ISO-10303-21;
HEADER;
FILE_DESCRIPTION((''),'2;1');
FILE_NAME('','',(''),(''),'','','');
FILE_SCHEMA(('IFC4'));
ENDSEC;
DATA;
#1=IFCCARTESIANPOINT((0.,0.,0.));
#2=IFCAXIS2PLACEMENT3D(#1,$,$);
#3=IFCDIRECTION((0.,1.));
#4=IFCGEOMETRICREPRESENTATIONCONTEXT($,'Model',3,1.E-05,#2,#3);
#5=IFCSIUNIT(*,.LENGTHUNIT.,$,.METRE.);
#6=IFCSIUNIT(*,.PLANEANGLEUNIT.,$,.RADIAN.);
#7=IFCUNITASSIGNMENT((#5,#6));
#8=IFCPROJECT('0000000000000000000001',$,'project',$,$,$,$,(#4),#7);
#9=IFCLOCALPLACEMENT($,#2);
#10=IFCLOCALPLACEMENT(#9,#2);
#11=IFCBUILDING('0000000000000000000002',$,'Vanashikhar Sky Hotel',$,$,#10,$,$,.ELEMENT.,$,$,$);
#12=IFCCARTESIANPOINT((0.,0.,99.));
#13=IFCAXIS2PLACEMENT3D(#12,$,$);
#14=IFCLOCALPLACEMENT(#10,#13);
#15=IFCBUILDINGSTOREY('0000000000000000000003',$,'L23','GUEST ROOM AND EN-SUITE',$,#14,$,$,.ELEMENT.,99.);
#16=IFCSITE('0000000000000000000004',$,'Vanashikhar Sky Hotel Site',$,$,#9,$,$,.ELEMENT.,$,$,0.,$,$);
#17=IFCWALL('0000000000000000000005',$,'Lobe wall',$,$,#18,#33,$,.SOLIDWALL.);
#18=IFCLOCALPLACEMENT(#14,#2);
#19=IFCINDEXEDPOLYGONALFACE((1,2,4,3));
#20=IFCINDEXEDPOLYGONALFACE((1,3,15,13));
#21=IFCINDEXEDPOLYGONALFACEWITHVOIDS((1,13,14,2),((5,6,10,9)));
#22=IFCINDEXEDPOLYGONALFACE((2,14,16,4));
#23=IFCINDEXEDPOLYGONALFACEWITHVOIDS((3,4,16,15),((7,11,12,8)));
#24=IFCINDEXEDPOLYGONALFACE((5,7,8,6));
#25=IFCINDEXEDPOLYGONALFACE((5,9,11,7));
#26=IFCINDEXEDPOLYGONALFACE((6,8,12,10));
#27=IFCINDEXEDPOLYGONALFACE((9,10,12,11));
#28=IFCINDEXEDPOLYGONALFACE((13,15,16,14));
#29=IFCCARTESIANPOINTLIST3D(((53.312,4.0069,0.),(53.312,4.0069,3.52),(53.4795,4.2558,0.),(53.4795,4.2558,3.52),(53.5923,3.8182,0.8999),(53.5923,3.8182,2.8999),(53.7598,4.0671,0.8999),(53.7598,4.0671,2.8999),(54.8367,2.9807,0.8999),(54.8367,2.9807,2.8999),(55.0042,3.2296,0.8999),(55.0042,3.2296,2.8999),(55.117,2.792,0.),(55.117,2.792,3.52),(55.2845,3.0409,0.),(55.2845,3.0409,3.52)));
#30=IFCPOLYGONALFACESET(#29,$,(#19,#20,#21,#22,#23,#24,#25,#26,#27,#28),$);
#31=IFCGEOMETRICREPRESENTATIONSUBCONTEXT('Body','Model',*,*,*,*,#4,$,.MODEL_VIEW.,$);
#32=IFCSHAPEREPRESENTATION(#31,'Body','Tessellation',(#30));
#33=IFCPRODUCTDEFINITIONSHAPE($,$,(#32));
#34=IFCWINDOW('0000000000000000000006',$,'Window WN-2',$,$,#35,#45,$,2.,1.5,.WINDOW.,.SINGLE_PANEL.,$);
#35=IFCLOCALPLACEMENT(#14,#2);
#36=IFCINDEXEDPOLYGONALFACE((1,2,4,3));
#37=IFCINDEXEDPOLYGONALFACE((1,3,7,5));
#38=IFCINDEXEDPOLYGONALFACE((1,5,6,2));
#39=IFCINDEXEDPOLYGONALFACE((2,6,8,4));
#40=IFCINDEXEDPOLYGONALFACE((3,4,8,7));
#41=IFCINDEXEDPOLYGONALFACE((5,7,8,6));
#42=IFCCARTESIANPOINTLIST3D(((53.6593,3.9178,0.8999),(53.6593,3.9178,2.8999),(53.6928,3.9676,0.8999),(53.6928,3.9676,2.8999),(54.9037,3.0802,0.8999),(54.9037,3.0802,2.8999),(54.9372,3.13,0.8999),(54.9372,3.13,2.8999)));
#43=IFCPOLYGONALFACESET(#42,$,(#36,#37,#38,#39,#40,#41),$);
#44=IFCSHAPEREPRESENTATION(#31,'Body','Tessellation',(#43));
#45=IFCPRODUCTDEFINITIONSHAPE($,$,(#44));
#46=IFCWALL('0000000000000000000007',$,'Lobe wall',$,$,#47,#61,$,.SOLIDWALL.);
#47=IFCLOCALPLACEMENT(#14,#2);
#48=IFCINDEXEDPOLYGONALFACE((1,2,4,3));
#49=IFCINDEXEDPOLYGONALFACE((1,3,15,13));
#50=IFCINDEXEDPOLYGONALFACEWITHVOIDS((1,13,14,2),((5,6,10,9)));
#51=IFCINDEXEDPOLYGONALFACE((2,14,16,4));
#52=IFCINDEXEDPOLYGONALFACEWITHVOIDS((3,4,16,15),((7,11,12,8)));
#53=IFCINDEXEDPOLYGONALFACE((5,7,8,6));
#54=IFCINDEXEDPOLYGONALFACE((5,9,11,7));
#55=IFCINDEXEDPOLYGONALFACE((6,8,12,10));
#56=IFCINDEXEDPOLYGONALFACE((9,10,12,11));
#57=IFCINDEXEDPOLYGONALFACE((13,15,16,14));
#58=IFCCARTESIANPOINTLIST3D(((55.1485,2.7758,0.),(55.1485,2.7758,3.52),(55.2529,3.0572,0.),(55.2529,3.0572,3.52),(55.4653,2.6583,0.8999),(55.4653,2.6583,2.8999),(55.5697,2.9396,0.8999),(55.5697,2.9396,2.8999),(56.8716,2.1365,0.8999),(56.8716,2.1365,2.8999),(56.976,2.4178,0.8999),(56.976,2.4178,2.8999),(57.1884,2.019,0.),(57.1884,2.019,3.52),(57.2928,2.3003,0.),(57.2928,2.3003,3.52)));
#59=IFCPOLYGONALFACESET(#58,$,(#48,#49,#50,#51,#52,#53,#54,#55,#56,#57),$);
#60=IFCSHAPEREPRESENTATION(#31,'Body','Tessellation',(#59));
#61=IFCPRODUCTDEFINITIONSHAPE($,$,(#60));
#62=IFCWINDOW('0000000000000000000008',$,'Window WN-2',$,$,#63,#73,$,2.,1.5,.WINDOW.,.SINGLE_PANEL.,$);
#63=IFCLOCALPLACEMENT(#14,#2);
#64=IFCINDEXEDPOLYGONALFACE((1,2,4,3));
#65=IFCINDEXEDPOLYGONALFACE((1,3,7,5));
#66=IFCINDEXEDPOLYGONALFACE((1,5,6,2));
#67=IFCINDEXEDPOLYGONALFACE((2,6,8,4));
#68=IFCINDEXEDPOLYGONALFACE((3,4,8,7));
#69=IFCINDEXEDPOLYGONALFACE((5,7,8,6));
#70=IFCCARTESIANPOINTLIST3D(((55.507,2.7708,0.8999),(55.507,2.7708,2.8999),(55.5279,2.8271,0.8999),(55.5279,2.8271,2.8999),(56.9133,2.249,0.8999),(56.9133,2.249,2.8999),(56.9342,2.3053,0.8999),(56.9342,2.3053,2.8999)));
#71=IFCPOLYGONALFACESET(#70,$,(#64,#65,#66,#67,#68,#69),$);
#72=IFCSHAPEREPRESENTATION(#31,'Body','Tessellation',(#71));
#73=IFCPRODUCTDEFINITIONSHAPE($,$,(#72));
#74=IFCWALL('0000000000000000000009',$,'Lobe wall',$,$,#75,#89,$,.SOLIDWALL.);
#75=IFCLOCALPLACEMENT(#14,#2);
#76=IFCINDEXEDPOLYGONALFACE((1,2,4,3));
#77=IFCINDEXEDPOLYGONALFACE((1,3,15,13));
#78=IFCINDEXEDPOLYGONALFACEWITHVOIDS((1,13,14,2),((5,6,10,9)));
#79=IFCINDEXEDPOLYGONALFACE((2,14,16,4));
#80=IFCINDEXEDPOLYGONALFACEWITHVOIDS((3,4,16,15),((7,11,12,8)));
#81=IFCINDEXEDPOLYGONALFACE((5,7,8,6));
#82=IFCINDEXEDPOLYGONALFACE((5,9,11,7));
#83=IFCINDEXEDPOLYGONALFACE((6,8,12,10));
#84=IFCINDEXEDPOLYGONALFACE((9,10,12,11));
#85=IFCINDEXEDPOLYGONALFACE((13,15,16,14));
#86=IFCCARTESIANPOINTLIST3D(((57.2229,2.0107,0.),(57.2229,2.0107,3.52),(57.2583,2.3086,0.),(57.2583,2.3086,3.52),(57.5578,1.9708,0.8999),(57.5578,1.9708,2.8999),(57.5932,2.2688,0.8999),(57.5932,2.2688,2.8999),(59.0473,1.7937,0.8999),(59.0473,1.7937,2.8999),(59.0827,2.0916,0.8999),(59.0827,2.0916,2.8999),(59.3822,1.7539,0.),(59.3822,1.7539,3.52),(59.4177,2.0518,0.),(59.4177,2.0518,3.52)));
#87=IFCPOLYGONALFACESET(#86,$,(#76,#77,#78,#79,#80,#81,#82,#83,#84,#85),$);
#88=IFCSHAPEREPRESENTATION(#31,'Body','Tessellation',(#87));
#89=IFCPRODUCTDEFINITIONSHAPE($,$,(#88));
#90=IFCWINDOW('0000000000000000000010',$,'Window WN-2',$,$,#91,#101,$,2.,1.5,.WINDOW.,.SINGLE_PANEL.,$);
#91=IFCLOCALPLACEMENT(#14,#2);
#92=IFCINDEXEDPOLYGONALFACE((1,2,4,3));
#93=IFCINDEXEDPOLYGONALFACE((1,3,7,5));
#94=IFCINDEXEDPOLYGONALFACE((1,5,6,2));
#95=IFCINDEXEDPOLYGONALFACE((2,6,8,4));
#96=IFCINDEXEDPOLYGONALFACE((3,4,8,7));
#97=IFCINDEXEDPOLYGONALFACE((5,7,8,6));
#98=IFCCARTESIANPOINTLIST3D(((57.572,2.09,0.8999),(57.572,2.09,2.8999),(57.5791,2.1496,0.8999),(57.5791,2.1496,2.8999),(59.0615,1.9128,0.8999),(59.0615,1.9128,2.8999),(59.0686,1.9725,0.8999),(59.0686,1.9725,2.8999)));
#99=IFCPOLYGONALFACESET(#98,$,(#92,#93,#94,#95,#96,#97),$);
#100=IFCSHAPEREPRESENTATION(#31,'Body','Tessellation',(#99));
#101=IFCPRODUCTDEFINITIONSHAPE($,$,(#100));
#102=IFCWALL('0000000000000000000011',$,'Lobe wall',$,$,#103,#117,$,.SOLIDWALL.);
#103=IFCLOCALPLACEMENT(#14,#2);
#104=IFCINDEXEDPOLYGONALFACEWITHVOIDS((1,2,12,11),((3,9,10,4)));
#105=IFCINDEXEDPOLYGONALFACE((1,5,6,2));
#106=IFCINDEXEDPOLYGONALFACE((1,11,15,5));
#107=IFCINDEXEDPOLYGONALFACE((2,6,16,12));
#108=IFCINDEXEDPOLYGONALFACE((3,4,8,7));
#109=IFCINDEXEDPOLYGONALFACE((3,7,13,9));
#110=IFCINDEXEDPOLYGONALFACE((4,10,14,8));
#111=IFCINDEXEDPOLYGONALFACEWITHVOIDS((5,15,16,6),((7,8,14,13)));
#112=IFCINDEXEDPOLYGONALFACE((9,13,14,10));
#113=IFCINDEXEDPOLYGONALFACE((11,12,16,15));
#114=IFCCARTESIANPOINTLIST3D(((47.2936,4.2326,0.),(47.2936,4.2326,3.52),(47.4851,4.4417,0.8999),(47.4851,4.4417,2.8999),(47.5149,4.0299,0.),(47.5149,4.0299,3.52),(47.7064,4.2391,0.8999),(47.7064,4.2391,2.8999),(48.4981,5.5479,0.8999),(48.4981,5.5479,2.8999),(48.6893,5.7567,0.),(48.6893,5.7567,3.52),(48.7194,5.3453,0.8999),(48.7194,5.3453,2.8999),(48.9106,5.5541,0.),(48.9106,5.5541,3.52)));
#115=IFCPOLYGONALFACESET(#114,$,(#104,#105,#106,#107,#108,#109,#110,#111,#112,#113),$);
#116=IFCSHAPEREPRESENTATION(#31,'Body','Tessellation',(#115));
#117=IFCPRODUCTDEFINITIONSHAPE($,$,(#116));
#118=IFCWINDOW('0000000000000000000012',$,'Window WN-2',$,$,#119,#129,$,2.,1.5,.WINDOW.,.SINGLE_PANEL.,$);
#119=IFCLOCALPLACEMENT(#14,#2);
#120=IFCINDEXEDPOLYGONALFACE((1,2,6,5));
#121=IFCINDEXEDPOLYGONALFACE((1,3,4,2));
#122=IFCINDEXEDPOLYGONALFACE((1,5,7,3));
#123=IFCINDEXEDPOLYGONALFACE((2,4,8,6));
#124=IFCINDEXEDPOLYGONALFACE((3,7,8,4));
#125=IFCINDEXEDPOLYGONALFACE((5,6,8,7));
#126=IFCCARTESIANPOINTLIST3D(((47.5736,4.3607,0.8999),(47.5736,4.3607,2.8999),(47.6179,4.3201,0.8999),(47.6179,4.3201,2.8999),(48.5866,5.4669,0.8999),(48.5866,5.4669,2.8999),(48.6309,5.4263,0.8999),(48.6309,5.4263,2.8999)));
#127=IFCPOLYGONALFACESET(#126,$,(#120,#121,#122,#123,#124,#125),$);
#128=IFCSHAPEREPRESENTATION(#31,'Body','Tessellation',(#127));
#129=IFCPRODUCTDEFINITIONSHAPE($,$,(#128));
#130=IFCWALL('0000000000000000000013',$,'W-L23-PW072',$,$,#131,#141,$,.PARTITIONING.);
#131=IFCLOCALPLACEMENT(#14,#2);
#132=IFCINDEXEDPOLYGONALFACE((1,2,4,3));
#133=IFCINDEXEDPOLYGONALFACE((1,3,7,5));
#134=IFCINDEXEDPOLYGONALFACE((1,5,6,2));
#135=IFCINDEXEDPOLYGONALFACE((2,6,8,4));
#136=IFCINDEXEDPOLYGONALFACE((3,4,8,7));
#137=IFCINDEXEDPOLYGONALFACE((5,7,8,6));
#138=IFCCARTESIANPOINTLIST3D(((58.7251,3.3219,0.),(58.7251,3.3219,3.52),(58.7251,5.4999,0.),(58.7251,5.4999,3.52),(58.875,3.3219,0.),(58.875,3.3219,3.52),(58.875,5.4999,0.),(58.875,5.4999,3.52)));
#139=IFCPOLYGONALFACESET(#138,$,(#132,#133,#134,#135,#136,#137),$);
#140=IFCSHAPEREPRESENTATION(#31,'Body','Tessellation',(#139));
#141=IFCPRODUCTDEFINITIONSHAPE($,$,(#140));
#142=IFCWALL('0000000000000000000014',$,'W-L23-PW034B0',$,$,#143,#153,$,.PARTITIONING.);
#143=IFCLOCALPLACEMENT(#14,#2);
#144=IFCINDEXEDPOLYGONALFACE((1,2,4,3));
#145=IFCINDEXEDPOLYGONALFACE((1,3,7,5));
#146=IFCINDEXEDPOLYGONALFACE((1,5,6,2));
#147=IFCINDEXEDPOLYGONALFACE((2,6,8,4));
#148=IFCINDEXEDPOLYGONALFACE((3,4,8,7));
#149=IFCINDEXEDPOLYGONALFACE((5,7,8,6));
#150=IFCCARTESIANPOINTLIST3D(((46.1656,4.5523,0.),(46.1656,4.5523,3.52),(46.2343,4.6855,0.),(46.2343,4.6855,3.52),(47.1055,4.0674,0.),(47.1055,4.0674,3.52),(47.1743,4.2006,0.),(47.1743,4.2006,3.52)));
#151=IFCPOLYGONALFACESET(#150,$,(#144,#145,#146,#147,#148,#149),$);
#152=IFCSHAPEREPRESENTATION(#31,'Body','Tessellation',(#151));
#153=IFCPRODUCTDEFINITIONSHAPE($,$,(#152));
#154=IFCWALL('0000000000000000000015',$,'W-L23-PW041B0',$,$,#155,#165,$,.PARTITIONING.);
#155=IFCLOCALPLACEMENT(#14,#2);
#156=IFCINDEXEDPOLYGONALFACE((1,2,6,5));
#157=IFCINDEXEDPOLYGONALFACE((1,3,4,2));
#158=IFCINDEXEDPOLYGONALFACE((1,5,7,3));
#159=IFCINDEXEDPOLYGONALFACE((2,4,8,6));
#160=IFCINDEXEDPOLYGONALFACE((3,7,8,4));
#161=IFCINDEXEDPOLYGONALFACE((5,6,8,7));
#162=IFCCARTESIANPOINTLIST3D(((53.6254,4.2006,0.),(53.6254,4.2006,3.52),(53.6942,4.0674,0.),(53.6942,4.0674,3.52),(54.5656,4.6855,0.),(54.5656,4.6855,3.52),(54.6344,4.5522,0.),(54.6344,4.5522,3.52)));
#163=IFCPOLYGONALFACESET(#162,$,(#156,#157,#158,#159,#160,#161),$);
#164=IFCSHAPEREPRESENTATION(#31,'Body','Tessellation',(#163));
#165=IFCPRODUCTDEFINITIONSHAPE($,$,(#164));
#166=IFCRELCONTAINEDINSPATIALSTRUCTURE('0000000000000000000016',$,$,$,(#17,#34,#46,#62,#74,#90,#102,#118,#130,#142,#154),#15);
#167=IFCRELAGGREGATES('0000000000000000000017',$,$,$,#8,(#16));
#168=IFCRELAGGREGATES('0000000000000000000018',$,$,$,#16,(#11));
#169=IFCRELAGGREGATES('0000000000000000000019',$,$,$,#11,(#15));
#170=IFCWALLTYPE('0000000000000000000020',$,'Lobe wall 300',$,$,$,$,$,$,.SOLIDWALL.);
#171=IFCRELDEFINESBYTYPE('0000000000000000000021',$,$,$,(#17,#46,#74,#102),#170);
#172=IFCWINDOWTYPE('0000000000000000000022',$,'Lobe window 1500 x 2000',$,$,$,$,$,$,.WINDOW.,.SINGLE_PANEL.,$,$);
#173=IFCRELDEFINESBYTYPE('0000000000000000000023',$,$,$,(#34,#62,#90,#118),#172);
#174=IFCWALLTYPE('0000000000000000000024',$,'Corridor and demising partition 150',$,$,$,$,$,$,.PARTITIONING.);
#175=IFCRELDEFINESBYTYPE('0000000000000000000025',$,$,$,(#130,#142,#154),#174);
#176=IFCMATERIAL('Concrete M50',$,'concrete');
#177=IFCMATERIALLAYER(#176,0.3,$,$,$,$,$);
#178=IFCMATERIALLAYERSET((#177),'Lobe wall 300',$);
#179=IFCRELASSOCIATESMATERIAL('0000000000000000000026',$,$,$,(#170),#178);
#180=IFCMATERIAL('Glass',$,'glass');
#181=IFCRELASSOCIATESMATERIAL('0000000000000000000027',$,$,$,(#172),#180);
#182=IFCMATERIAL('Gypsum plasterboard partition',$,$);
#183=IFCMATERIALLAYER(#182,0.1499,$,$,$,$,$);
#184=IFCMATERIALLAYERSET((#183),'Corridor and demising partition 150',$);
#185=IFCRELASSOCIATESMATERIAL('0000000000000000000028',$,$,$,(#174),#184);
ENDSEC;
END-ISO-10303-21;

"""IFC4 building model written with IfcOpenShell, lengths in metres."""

from ifc_helpers import new_model, si_unit, direction, frame, frame_2d, origin, place, context, subcontext, project, spatial, rectangle, extrude, source, transform, mapped, material, layer, layer_set, type_object, element, fill, save


model = new_model("IFC4")

# Units and contexts
model_context = context("Model", 3, precision=1e-05, world=origin(), true_north=direction((0.0, 1.0)))
body_context = subcontext(model_context, "Body", "Model", "MODEL_VIEW")
ifc_project = project(units=[si_unit("LENGTHUNIT", "METRE"), si_unit("PLANEANGLEUNIT", "RADIAN")], contexts=[model_context])

# Site, building, storey
site_placement = place(None, origin())
site = spatial("IfcSite", under=ifc_project, at=site_placement, Name="Vanashikhar Sky Hotel Site", CompositionType="ELEMENT", RefElevation=0.0)
building_placement = place(site_placement, origin())
building = spatial("IfcBuilding", under=site, at=building_placement, Name="Vanashikhar Sky Hotel", CompositionType="ELEMENT")
storey_placement = place(building_placement, frame((0.0, 0.0, 99.0)))
storey = spatial("IfcBuildingStorey", under=building, at=storey_placement, Name="L23", Description="GUEST ROOM AND EN-SUITE", CompositionType="ELEMENT", Elevation=99.0)

# Walls, openings, windows
ifc_material_1 = material(Name="Concrete M50", Category="concrete")
ifc_layer_1 = layer(ifc_material_1, 0.3)
ifc_layer_set_1 = layer_set([ifc_layer_1], Name="Lobe wall 300")
wall_type_1 = type_object("IfcWallType", Name="Lobe wall 300", PredefinedType="SOLIDWALL", material=ifc_layer_set_1)
shared_shape_1 = source(origin(), body_context, "Body", "SweptSolid", [
    extrude(rectangle(XDim=2.1758, YDim=0.3, at=frame_2d((1.0879, 0.0))), origin(), (0.0, 0.0, 1.0), 3.52),
])
wall_1_placement = place(storey_placement, frame((53.3958, 4.1313, 0.0), z_axis=(0.0, 0.0, 1.0), x_axis=(0.829591, -0.558372, 0.0)))
wall_1 = element("IfcWall", 1, at=wall_1_placement, inside=storey, type_object=wall_type_1, Name="Lobe wall", PredefinedType="SOLIDWALL", context=body_context, shape_type="MappedRepresentation", body=[
    mapped(shared_shape_1, transform((0.0, 0.0, 0.0), scale=1.0)),
])
shared_shape_2 = source(origin(), body_context, "Body", "SweptSolid", [
    extrude(rectangle(XDim=1.5, YDim=2.0, at=frame_2d((0.75, 1.0))), frame((0.0, 0.1602, 0.0), z_axis=(0.0, -1.0, 0.0), x_axis=(1.0, 0.0, 0.0)), (0.0, 0.0, 1.0), 0.3201),
])
opening_1_placement = place(wall_1_placement, frame((0.3379, 0.0, 0.8999)))
opening_1 = element("IfcOpeningElement", 2, at=opening_1_placement, cuts=wall_1, PredefinedType="OPENING", context=body_context, shape_type="MappedRepresentation", body=[
    mapped(shared_shape_2, transform((0.0, 0.0, 0.0), scale=1.0)),
])
ifc_material_2 = material(Name="Glass", Category="glass")
window_type = type_object("IfcWindowType", Name="Lobe window 1500 x 2000", PartitioningType="SINGLE_PANEL", PredefinedType="WINDOW", material=ifc_material_2)
shared_shape_3 = source(origin(), body_context, "Body", "SweptSolid", [
    extrude(rectangle(XDim=1.5, YDim=2.0, at=frame_2d((0.75, 1.0))), frame((0.0, 0.03, 0.0), z_axis=(0.0, -1.0, 0.0), x_axis=(1.0, 0.0, 0.0)), (0.0, 0.0, 1.0), 0.0601),
])
window_1_placement = place(opening_1_placement, origin())
window_1 = element("IfcWindow", 3, at=window_1_placement, inside=storey, type_object=window_type, Name="Window WN-2", OverallHeight=2.0, OverallWidth=1.5, PartitioningType="SINGLE_PANEL", PredefinedType="WINDOW", context=body_context, shape_type="MappedRepresentation", body=[
    mapped(shared_shape_3, transform((0.0, 0.0, 0.0), scale=1.0)),
])
fill(opening_1, window_1)
wall_2_placement = place(storey_placement, frame((55.2007, 2.9165, 0.0), z_axis=(0.0, 0.0, 1.0), x_axis=(0.937546, -0.347863, 0.0)))
wall_2 = element("IfcWall", 4, at=wall_2_placement, inside=storey, type_object=wall_type_1, Name="Lobe wall", PredefinedType="SOLIDWALL", context=body_context, shape_type="MappedRepresentation", body=[
    mapped(shared_shape_1, transform((0.0, 0.0, 0.0), scale=1.0)),
])
opening_2_placement = place(wall_2_placement, frame((0.3379, 0.0, 0.8999)))
opening_2 = element("IfcOpeningElement", 5, at=opening_2_placement, cuts=wall_2, PredefinedType="OPENING", context=body_context, shape_type="MappedRepresentation", body=[
    mapped(shared_shape_2, transform((0.0, 0.0, 0.0), scale=1.0)),
])
window_2_placement = place(opening_2_placement, origin())
window_2 = element("IfcWindow", 6, at=window_2_placement, inside=storey, type_object=window_type, Name="Window WN-2", OverallHeight=2.0, OverallWidth=1.5, PartitioningType="SINGLE_PANEL", PredefinedType="WINDOW", context=body_context, shape_type="MappedRepresentation", body=[
    mapped(shared_shape_3, transform((0.0, 0.0, 0.0), scale=1.0)),
])
fill(opening_2, window_2)
shared_shape_4 = source(origin(), body_context, "Body", "SweptSolid", [
    extrude(rectangle(XDim=2.1746, YDim=0.3, at=frame_2d((1.0874, 0.0))), origin(), (0.0, 0.0, 1.0), 3.52),
])
wall_3_placement = place(storey_placement, frame((57.2405, 2.1597, 0.0), z_axis=(0.0, 0.0, 1.0), x_axis=(0.993001, -0.118105, 0.0)))
wall_3 = element("IfcWall", 7, at=wall_3_placement, inside=storey, type_object=wall_type_1, Name="Lobe wall", PredefinedType="SOLIDWALL", context=body_context, shape_type="MappedRepresentation", body=[
    mapped(shared_shape_4, transform((0.0, 0.0, 0.0), scale=1.0)),
])
opening_3_placement = place(wall_3_placement, frame((0.3374, 0.0, 0.8999)))
opening_3 = element("IfcOpeningElement", 8, at=opening_3_placement, cuts=wall_3, PredefinedType="OPENING", context=body_context, shape_type="MappedRepresentation", body=[
    mapped(shared_shape_2, transform((0.0, 0.0, 0.0), scale=1.0)),
])
window_3_placement = place(opening_3_placement, origin())
window_3 = element("IfcWindow", 9, at=window_3_placement, inside=storey, type_object=window_type, Name="Window WN-2", OverallHeight=2.0, OverallWidth=1.5, PartitioningType="SINGLE_PANEL", PredefinedType="WINDOW", context=body_context, shape_type="MappedRepresentation", body=[
    mapped(shared_shape_3, transform((0.0, 0.0, 0.0), scale=1.0)),
])
fill(opening_3, window_3)
shared_shape_5 = source(origin(), body_context, "Body", "SweptSolid", [
    extrude(rectangle(XDim=2.0667, YDim=0.3, at=frame_2d((1.0332, 0.0))), origin(), (0.0, 0.0, 1.0), 3.52),
])
wall_4_placement = place(storey_placement, frame((47.4043, 4.1313, 0.0), z_axis=(0.0, 0.0, 1.0), x_axis=(0.675355, 0.737492, 0.0)))
wall_4 = element("IfcWall", 10, at=wall_4_placement, inside=storey, type_object=wall_type_1, Name="Lobe wall", PredefinedType="SOLIDWALL", context=body_context, shape_type="MappedRepresentation", body=[
    mapped(shared_shape_5, transform((0.0, 0.0, 0.0), scale=1.0)),
])
opening_4_placement = place(wall_4_placement, frame((0.2834, 0.0, 0.8999)))
opening_4 = element("IfcOpeningElement", 11, at=opening_4_placement, cuts=wall_4, PredefinedType="OPENING", context=body_context, shape_type="MappedRepresentation", body=[
    mapped(shared_shape_2, transform((0.0, 0.0, 0.0), scale=1.0)),
])
window_4_placement = place(opening_4_placement, origin())
window_4 = element("IfcWindow", 12, at=window_4_placement, inside=storey, type_object=window_type, Name="Window WN-2", OverallHeight=2.0, OverallWidth=1.5, PartitioningType="SINGLE_PANEL", PredefinedType="WINDOW", context=body_context, shape_type="MappedRepresentation", body=[
    mapped(shared_shape_3, transform((0.0, 0.0, 0.0), scale=1.0)),
])
fill(opening_4, window_4)

# Walls
ifc_material_3 = material(Name="Gypsum plasterboard partition")
ifc_layer_2 = layer(ifc_material_3, 0.1499)
ifc_layer_set_2 = layer_set([ifc_layer_2], Name="Corridor and demising partition 150")
wall_type_2 = type_object("IfcWallType", Name="Corridor and demising partition 150", PredefinedType="PARTITIONING", material=ifc_layer_set_2)
shared_shape_6 = source(origin(), body_context, "Body", "SweptSolid", [
    extrude(rectangle(XDim=2.178, YDim=0.1499, at=frame_2d((1.0889, 0.0))), origin(), (0.0, 0.0, 1.0), 3.52),
])
wall_5_placement = place(storey_placement, frame((58.8, 3.322, 0.0), z_axis=(0.0, 0.0, 1.0), x_axis=(0.0, 1.0, 0.0)))
element("IfcWall", 13, at=wall_5_placement, inside=storey, type_object=wall_type_2, Name="W-L23-PW072", PredefinedType="PARTITIONING", context=body_context, shape_type="MappedRepresentation", body=[
    mapped(shared_shape_6, transform((0.0, 0.0, 0.0), scale=1.0)),
])
shared_shape_7 = source(origin(), body_context, "Body", "SweptSolid", [
    extrude(rectangle(XDim=1.0576, YDim=0.1499, at=frame_2d((0.5288, 0.0))), origin(), (0.0, 0.0, 1.0), 3.52),
])
wall_6_placement = place(storey_placement, frame((47.1399, 4.134, 0.0), z_axis=(0.0, 0.0, 1.0), x_axis=(-0.888724, 0.458443, 0.0)))
element("IfcWall", 14, at=wall_6_placement, inside=storey, type_object=wall_type_2, Name="W-L23-PW034B0", PredefinedType="PARTITIONING", context=body_context, shape_type="MappedRepresentation", body=[
    mapped(shared_shape_7, transform((0.0, 0.0, 0.0), scale=1.0)),
])
shared_shape_8 = source(origin(), body_context, "Body", "SweptSolid", [
    extrude(rectangle(XDim=1.0579, YDim=0.1499, at=frame_2d((0.5288, 0.0))), origin(), (0.0, 0.0, 1.0), 3.52),
])
wall_7_placement = place(storey_placement, frame((53.6599, 4.134, 0.0), z_axis=(0.0, 0.0, 1.0), x_axis=(0.888772, 0.458349, 0.0)))
element("IfcWall", 15, at=wall_7_placement, inside=storey, type_object=wall_type_2, Name="W-L23-PW041B0", PredefinedType="PARTITIONING", context=body_context, shape_type="MappedRepresentation", body=[
    mapped(shared_shape_8, transform((0.0, 0.0, 0.0), scale=1.0)),
])

save(model, "model.ifc")
